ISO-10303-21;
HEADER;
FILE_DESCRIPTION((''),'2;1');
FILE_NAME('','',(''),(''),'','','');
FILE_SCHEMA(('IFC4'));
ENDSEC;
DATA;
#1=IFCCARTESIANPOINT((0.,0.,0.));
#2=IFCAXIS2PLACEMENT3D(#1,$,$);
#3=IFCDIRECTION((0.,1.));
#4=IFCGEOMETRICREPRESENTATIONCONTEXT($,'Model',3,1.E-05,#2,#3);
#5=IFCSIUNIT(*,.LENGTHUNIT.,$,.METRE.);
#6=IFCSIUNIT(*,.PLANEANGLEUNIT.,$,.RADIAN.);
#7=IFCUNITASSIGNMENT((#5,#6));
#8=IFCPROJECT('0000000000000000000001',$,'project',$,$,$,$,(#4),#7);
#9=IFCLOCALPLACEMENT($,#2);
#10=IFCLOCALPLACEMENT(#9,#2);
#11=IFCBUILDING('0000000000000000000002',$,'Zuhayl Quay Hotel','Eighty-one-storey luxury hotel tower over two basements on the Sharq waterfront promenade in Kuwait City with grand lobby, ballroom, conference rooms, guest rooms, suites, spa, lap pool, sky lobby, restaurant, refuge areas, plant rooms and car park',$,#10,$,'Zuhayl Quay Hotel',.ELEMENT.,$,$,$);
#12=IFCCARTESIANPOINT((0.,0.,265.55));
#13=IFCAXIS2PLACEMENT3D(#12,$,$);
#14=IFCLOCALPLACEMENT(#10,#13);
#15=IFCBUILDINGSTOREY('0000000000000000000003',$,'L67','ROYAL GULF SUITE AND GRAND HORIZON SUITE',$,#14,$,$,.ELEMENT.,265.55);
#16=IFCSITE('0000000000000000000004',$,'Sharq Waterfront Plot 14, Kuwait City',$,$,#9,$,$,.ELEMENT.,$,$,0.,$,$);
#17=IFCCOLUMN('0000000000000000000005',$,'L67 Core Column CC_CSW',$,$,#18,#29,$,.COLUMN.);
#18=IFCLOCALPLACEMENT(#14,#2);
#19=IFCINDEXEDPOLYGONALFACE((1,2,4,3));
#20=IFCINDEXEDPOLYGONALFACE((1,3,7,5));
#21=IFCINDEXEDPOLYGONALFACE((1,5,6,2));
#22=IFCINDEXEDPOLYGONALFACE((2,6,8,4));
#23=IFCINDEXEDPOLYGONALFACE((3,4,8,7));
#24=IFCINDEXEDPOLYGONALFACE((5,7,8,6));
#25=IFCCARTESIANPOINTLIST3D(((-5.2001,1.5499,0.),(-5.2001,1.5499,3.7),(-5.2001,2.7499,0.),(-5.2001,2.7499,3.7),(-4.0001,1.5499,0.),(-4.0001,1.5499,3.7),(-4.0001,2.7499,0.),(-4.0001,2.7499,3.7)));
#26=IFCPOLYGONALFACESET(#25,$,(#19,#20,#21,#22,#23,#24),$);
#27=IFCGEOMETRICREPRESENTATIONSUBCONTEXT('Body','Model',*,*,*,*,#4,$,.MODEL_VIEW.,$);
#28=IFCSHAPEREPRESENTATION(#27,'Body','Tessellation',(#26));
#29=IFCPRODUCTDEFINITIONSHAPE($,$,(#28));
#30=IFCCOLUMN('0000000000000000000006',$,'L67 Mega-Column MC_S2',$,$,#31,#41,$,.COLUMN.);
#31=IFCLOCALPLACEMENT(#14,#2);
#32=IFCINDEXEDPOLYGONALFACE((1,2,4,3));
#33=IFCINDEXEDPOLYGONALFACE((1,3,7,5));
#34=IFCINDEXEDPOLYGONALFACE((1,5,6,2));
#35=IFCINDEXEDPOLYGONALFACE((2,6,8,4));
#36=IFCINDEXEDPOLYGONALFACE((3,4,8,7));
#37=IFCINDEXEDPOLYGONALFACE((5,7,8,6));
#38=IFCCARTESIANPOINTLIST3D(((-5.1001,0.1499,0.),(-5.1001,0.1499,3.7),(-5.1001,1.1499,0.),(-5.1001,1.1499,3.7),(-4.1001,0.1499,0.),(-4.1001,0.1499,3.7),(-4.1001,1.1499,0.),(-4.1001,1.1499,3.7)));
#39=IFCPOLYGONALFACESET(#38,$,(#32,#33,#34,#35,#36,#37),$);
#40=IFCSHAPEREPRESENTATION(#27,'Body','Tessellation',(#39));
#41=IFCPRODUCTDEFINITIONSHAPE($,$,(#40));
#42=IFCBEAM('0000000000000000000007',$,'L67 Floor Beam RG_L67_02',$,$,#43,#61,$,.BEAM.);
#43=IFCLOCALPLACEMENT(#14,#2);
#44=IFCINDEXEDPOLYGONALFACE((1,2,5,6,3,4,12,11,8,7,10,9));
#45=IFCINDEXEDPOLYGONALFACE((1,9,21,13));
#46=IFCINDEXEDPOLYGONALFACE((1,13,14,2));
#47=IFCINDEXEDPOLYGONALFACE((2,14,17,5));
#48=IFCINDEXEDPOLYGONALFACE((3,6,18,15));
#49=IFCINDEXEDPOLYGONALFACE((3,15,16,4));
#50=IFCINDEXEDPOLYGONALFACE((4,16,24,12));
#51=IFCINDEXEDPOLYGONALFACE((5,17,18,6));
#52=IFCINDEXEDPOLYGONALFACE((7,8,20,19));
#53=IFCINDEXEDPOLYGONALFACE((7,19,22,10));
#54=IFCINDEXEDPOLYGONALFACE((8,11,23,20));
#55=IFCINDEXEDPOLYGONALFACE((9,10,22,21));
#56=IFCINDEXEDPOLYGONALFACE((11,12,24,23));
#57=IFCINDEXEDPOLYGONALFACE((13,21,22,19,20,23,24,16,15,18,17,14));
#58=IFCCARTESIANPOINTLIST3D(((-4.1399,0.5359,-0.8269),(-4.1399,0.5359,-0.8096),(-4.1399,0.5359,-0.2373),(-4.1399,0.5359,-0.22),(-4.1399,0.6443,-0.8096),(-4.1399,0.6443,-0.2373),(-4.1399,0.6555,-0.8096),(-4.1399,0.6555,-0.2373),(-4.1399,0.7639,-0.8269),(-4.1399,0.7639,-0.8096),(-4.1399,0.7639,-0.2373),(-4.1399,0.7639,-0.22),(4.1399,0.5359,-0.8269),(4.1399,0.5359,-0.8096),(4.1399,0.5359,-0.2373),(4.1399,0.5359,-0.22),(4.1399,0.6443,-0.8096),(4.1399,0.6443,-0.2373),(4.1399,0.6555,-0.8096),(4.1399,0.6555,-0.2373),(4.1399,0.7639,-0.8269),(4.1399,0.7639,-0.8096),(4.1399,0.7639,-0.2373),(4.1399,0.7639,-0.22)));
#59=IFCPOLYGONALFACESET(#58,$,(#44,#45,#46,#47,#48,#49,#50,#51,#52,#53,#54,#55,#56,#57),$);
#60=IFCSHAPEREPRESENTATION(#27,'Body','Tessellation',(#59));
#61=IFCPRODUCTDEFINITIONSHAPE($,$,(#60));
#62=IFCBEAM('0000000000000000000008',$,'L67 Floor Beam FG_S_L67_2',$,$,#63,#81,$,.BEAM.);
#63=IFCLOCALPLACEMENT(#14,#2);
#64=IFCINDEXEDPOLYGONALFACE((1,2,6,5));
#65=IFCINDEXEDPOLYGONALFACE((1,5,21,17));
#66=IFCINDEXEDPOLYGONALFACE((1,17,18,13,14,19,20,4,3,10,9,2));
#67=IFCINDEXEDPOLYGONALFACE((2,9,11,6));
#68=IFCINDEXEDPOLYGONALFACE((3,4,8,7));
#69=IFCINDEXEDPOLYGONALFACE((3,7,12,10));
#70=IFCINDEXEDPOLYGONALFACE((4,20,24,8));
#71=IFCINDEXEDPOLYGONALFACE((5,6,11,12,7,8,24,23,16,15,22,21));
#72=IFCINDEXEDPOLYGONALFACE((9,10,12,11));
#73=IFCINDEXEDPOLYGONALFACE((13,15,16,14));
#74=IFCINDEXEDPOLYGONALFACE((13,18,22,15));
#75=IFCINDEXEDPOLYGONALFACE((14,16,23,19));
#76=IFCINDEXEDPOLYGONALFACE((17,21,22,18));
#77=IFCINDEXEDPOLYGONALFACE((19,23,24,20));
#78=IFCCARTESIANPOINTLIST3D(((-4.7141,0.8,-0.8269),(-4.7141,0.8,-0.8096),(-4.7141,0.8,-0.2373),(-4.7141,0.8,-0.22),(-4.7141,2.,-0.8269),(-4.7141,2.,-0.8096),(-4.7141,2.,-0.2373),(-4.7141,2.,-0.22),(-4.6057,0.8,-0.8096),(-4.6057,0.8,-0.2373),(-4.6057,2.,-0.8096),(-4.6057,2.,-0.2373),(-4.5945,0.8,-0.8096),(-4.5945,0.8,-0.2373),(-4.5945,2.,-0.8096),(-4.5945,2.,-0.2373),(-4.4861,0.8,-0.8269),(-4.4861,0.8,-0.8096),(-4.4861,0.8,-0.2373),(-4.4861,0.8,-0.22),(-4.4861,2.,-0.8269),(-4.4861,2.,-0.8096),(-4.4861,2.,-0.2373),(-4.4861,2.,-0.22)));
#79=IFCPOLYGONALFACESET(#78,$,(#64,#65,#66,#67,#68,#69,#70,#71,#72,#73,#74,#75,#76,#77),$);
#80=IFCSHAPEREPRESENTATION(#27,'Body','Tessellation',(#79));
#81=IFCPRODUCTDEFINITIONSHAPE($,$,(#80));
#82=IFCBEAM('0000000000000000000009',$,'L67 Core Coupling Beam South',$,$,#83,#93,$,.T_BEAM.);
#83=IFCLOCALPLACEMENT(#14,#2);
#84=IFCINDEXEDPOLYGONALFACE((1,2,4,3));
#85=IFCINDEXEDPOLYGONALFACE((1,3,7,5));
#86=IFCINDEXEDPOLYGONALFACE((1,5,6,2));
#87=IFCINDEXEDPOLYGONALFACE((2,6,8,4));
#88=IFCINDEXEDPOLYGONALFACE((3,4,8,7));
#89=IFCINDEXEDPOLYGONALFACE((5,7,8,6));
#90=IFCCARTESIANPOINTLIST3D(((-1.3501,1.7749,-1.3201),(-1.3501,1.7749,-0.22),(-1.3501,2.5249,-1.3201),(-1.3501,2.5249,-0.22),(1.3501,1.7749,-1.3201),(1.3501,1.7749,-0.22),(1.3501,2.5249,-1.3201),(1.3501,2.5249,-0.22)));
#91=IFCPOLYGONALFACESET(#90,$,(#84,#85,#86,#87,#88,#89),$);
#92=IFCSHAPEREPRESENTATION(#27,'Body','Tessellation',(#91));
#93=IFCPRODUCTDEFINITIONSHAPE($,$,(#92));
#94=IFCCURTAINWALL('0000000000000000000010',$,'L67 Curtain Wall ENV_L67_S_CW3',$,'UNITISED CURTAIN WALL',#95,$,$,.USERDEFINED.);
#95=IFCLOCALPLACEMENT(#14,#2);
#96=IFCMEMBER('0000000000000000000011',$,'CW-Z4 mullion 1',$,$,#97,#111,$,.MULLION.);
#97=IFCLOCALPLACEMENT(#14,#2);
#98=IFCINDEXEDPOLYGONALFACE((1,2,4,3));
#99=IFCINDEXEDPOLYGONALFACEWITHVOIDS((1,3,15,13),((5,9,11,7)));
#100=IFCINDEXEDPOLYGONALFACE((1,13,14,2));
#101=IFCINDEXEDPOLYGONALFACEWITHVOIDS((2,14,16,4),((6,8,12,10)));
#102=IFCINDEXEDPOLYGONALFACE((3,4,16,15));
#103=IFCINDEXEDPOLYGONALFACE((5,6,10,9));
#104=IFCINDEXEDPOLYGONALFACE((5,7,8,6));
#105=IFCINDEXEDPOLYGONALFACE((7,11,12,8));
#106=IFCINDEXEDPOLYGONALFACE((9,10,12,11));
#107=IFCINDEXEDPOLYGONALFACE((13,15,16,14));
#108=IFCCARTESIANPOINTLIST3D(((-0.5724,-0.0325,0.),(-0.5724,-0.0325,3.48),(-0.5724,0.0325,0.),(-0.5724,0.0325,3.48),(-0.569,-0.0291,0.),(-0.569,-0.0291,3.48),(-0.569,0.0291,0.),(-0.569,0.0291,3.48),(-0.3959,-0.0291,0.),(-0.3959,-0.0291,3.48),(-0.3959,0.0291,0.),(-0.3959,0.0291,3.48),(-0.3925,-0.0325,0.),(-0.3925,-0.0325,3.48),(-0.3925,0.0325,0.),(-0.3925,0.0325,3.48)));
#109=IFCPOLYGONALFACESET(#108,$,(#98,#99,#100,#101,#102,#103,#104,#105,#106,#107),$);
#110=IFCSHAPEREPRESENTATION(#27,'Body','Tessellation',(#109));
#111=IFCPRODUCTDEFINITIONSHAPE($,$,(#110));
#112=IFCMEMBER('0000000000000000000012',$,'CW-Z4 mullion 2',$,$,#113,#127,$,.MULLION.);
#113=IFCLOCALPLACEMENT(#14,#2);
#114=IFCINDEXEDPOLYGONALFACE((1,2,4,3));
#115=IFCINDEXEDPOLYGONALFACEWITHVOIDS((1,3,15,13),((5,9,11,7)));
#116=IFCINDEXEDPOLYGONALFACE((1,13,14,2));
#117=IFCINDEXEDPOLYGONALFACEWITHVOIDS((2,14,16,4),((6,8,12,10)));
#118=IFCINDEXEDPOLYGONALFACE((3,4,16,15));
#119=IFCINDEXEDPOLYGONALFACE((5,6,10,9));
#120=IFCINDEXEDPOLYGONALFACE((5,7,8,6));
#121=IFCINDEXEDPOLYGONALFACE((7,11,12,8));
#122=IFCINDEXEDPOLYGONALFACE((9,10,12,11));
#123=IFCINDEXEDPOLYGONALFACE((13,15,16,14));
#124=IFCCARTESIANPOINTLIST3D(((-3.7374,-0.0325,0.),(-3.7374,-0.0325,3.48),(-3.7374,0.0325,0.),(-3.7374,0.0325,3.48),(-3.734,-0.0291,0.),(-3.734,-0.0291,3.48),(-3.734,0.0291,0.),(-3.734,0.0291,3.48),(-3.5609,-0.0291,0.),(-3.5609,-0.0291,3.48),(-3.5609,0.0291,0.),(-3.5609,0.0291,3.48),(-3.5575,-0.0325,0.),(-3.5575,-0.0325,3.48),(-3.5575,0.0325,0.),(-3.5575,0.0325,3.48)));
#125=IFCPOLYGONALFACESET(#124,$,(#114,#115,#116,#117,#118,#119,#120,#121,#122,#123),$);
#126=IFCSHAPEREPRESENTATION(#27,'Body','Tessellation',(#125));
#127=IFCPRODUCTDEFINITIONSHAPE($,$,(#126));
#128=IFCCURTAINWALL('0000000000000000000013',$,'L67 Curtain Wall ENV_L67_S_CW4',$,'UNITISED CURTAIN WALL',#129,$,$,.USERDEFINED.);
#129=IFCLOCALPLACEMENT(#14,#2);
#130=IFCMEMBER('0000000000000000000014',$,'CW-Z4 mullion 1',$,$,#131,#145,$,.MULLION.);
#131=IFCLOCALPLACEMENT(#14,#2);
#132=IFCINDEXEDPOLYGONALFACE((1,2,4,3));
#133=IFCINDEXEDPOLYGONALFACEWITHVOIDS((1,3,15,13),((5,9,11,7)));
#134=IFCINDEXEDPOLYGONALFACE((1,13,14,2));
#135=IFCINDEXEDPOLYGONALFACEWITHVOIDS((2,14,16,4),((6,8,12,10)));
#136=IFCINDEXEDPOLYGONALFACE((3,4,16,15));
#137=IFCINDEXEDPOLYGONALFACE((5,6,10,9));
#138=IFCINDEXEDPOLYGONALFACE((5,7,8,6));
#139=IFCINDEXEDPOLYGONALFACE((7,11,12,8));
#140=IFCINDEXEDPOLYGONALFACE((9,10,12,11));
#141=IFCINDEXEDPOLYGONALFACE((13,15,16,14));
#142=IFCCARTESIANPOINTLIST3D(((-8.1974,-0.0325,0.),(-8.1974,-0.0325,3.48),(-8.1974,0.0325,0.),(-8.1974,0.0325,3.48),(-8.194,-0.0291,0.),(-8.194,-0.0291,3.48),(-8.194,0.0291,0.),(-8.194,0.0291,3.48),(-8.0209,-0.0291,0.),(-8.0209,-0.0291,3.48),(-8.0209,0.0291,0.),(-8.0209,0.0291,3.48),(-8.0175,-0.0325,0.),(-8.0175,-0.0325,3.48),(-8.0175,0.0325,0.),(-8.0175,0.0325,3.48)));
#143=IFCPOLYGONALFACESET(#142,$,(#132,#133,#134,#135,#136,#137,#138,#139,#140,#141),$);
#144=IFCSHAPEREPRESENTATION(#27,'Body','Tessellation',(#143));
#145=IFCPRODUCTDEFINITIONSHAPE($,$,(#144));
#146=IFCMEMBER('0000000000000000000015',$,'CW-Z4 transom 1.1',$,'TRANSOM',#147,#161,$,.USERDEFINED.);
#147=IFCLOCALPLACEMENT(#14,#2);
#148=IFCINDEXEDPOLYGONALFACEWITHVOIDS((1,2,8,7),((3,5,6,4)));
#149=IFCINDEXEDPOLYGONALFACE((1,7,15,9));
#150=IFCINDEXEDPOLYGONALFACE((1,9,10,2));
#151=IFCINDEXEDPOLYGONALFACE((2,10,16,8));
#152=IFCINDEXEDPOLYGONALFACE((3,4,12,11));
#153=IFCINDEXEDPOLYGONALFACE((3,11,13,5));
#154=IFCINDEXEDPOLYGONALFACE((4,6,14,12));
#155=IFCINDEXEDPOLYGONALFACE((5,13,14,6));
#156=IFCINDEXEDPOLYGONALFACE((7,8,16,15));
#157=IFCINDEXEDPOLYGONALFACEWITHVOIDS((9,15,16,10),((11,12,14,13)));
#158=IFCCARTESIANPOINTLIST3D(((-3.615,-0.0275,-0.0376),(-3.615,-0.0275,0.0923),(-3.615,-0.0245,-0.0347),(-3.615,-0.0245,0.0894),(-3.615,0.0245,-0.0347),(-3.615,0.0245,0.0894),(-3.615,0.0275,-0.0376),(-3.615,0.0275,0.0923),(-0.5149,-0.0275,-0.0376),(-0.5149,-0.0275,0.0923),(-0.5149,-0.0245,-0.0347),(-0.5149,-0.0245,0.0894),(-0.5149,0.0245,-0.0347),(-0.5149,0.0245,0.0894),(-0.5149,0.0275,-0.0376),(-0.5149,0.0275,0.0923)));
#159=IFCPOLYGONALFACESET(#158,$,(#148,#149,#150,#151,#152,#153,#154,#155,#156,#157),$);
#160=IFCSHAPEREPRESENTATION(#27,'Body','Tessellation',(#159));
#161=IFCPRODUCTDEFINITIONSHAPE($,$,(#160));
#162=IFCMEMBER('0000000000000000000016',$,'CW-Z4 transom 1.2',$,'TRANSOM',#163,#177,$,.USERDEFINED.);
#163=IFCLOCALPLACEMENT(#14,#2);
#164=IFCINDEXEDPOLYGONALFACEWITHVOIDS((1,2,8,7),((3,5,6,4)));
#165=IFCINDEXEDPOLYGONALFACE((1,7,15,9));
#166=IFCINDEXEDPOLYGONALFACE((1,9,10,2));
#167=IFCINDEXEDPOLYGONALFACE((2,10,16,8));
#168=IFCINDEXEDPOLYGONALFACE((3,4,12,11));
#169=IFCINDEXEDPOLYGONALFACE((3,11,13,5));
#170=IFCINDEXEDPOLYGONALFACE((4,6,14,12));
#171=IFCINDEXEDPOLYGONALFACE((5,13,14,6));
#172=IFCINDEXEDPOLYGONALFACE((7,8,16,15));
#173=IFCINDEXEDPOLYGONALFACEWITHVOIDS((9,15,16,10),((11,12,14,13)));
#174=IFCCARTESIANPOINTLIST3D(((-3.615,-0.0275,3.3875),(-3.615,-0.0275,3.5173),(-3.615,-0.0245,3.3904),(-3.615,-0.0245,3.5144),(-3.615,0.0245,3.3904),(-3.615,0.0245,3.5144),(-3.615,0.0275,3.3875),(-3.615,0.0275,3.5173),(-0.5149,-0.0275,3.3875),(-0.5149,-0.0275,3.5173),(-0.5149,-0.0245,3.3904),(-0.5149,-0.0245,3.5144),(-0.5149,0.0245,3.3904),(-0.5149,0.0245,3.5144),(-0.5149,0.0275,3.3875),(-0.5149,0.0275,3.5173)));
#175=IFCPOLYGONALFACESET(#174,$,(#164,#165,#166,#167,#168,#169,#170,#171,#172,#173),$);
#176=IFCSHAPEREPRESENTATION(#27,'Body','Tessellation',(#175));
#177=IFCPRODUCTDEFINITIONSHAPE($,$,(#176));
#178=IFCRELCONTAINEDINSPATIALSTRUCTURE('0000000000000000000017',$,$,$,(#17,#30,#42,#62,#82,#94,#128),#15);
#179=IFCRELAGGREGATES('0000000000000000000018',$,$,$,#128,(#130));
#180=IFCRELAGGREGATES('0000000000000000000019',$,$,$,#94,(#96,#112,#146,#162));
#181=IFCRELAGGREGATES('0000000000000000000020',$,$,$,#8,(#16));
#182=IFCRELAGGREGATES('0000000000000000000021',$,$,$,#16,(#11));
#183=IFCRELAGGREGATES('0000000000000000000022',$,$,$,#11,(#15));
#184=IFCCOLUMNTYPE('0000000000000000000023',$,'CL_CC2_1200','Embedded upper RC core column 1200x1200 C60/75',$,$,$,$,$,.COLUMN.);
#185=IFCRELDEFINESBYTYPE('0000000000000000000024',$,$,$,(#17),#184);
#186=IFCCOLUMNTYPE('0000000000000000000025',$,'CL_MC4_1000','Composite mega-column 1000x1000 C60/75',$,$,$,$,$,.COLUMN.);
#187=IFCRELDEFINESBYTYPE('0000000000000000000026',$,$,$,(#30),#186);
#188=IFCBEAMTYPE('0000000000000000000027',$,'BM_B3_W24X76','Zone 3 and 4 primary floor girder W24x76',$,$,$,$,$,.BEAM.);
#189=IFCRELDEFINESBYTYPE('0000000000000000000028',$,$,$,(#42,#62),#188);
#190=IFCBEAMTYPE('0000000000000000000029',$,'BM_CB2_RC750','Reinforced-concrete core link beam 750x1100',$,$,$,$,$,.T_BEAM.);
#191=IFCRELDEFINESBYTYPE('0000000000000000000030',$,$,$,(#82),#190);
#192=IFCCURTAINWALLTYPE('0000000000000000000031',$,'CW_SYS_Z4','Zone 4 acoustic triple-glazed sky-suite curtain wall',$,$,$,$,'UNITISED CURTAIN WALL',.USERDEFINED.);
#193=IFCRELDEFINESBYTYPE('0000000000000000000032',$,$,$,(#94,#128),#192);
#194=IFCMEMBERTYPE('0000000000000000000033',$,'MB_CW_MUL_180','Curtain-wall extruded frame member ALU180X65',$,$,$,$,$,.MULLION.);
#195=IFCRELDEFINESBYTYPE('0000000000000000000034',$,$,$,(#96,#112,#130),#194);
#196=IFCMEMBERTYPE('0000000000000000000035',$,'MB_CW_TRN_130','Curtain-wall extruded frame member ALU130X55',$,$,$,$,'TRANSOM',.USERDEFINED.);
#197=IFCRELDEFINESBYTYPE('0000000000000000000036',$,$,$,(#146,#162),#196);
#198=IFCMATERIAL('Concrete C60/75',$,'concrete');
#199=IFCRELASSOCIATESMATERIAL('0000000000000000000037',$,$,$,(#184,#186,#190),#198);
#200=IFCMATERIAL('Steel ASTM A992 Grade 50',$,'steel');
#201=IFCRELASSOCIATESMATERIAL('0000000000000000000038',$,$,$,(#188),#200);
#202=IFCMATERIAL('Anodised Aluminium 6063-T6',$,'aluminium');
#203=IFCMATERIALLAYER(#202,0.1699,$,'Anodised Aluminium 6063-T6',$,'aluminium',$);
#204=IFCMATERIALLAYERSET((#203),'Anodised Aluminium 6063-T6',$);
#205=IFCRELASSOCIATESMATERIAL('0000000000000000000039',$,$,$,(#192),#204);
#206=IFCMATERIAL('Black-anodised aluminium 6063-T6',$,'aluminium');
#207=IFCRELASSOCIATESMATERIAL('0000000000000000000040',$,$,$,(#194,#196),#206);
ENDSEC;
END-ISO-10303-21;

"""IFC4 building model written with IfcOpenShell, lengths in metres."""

from ifc_helpers import new_model, si_unit, direction, frame, origin, origin_2d, place, context, subcontext, project, spatial, rectangle, hollow_rectangle, i_section, extrude, material, layer, layer_set, material_profile, profile_set, type_object, element, aggregate, save


model = new_model("IFC4")

# Units and contexts
model_context = context("Model", 3, precision=1e-05, world=origin(), true_north=direction((0.0, 1.0)))
body_context = subcontext(model_context, "Body", "Model", "MODEL_VIEW")
ifc_project = project(units=[si_unit("LENGTHUNIT", "METRE"), si_unit("PLANEANGLEUNIT", "RADIAN")], contexts=[model_context])

# Site, building, storey
site_placement = place(None, origin())
site = spatial("IfcSite", under=ifc_project, at=site_placement, Name="Sharq Waterfront Plot 14, Kuwait City", CompositionType="ELEMENT", RefElevation=0.0)
building_placement = place(site_placement, origin())
building = spatial("IfcBuilding", under=site, at=building_placement, Name="Zuhayl Quay Hotel", Description="Eighty-one-storey luxury hotel tower over two basements on the Sharq waterfront promenade in Kuwait City with grand lobby, ballroom, conference rooms, guest rooms, suites, spa, lap pool, sky lobby, restaurant, refuge areas, plant rooms and car park", LongName="Zuhayl Quay Hotel", CompositionType="ELEMENT")
storey_placement = place(building_placement, frame((0.0, 0.0, 265.55)))
storey = spatial("IfcBuildingStorey", under=building, at=storey_placement, Name="L67", Description="ROYAL GULF SUITE AND GRAND HORIZON SUITE", CompositionType="ELEMENT", Elevation=265.55)

# Columns
ifc_material_1 = material(Name="Concrete C60/75", Category="concrete")
ifc_material_profile_1 = material_profile(ifc_material_1, rectangle(XDim=1.2, YDim=1.2, at=origin_2d()), Name="RC1200X1200")
ifc_profile_set_1 = profile_set([ifc_material_profile_1], Name="Concrete C60/75")
column_type_1 = type_object("IfcColumnType", Name="CL_CC2_1200", Description="Embedded upper RC core column 1200x1200 C60/75", PredefinedType="COLUMN", material=ifc_profile_set_1)
column_1_placement = place(storey_placement, frame((-4.6001, 2.1499, 0.0), z_axis=(0.0, 0.0, 1.0), x_axis=(1.0, 0.0, 0.0)))
element("IfcColumn", 1, at=column_1_placement, inside=storey, type_object=column_type_1, Name="L67 Core Column CC_CSW", PredefinedType="COLUMN", context=body_context, shape_type="SweptSolid", body=[
    extrude(rectangle(XDim=1.2, YDim=1.2, at=origin_2d()), origin(), (0.0, 0.0, 1.0), 3.7),
])
ifc_material_profile_2 = material_profile(ifc_material_1, rectangle(XDim=1.0, YDim=1.0, at=origin_2d()), Name="RC1000X1000")
ifc_profile_set_2 = profile_set([ifc_material_profile_2], Name="Concrete C60/75")
column_type_2 = type_object("IfcColumnType", Name="CL_MC4_1000", Description="Composite mega-column 1000x1000 C60/75", PredefinedType="COLUMN", material=ifc_profile_set_2)
column_2_placement = place(storey_placement, frame((-4.6001, 0.6499, 0.0), z_axis=(0.0, 0.0, 1.0), x_axis=(1.0, 0.0, 0.0)))
element("IfcColumn", 2, at=column_2_placement, inside=storey, type_object=column_type_2, Name="L67 Mega-Column MC_S2", PredefinedType="COLUMN", context=body_context, shape_type="SweptSolid", body=[
    extrude(rectangle(XDim=1.0, YDim=1.0, at=origin_2d()), origin(), (0.0, 0.0, 1.0), 3.7),
])

# Beams
ifc_material_2 = material(Name="Steel ASTM A992 Grade 50", Category="steel")
ifc_material_profile_3 = material_profile(ifc_material_2, i_section(OverallWidth=0.228, OverallDepth=0.6069, WebThickness=0.0112, FlangeThickness=0.0173, at=origin_2d()), Name="W24X76")
ifc_profile_set_3 = profile_set([ifc_material_profile_3], Name="Steel ASTM A992 Grade 50")
beam_type_1 = type_object("IfcBeamType", Name="BM_B3_W24X76", Description="Zone 3 and 4 primary floor girder W24x76", PredefinedType="BEAM", material=ifc_profile_set_3)
beam_1_placement = place(storey_placement, frame((-4.1399, 0.6499, -0.5234), z_axis=(1.0, 0.0, 0.0), x_axis=(0.0, 1.0, 0.0)))
element("IfcBeam", 3, at=beam_1_placement, inside=storey, type_object=beam_type_1, Name="L67 Floor Beam RG_L67_02", PredefinedType="BEAM", context=body_context, shape_type="SweptSolid", body=[
    extrude(i_section(OverallWidth=0.228, OverallDepth=0.6069, WebThickness=0.0112, FlangeThickness=0.0173, at=origin_2d()), origin(), (0.0, 0.0, 1.0), 8.2798),
])
beam_2_placement = place(storey_placement, frame((-4.6001, 0.8, -0.5234), z_axis=(0.0, 1.0, 0.0), x_axis=(-1.0, 0.0, 0.0)))
element("IfcBeam", 4, at=beam_2_placement, inside=storey, type_object=beam_type_1, Name="L67 Floor Beam FG_S_L67_2", PredefinedType="BEAM", context=body_context, shape_type="SweptSolid", body=[
    extrude(i_section(OverallWidth=0.228, OverallDepth=0.6069, WebThickness=0.0112, FlangeThickness=0.0173, at=origin_2d()), origin(), (0.0, 0.0, 1.0), 1.2),
])
ifc_material_profile_4 = material_profile(ifc_material_1, rectangle(XDim=0.75, YDim=1.1001, at=origin_2d()), Name="RC750X1100")
ifc_profile_set_4 = profile_set([ifc_material_profile_4], Name="Concrete C60/75")
beam_type_2 = type_object("IfcBeamType", Name="BM_CB2_RC750", Description="Reinforced-concrete core link beam 750x1100", PredefinedType="T_BEAM", material=ifc_profile_set_4)
beam_3_placement = place(storey_placement, frame((-1.3501, 2.1499, -0.77), z_axis=(1.0, 0.0, 0.0), x_axis=(0.0, 1.0, 0.0)))
element("IfcBeam", 5, at=beam_3_placement, inside=storey, type_object=beam_type_2, Name="L67 Core Coupling Beam South", PredefinedType="T_BEAM", context=body_context, shape_type="SweptSolid", body=[
    extrude(rectangle(XDim=0.75, YDim=1.1001, at=origin_2d()), origin(), (0.0, 0.0, 1.0), 2.7002),
])

# Curtain wall, members
ifc_material_3 = material(Name="Anodised Aluminium 6063-T6", Category="aluminium")
ifc_layer_1 = layer(ifc_material_3, 0.1699, Name="Anodised Aluminium 6063-T6", Category="aluminium")
ifc_layer_set_1 = layer_set([ifc_layer_1], Name="Anodised Aluminium 6063-T6")
curtain_wall_type = type_object("IfcCurtainWallType", Name="CW_SYS_Z4", Description="Zone 4 acoustic triple-glazed sky-suite curtain wall", ElementType="UNITISED CURTAIN WALL", PredefinedType="USERDEFINED", material=ifc_layer_set_1)
curtain_wall_1_placement = place(storey_placement, origin())
curtain_wall_1 = element("IfcCurtainWall", 6, at=curtain_wall_1_placement, inside=storey, type_object=curtain_wall_type, Name="L67 Curtain Wall ENV_L67_S_CW3", ObjectType="UNITISED CURTAIN WALL", PredefinedType="USERDEFINED")
ifc_material_4 = material(Name="Black-anodised aluminium 6063-T6", Category="aluminium")
ifc_material_profile_5 = material_profile(ifc_material_4, hollow_rectangle(XDim=0.0649, YDim=0.1799, WallThickness=0.0034, at=origin_2d()), Name="ALU180X65")
ifc_profile_set_5 = profile_set([ifc_material_profile_5], Name="Black-anodised aluminium 6063-T6")
member_type_1 = type_object("IfcMemberType", Name="MB_CW_MUL_180", Description="Curtain-wall extruded frame member ALU180X65", PredefinedType="MULLION", material=ifc_profile_set_5)
member_1_placement = place(storey_placement, frame((-0.4824, 0.0, 0.0), z_axis=(0.0, 0.0, 1.0), x_axis=(0.0, -1.0, 0.0)))
member_1 = element("IfcMember", 7, at=member_1_placement, type_object=member_type_1, Name="CW-Z4 mullion 1", PredefinedType="MULLION", context=body_context, shape_type="SweptSolid", body=[
    extrude(hollow_rectangle(XDim=0.0649, YDim=0.1799, WallThickness=0.0034, at=origin_2d()), origin(), (0.0, 0.0, 1.0), 3.48),
])
member_2_placement = place(storey_placement, frame((-3.6475, 0.0, 0.0), z_axis=(0.0, 0.0, 1.0), x_axis=(0.0, -1.0, 0.0)))
member_2 = element("IfcMember", 8, at=member_2_placement, type_object=member_type_1, Name="CW-Z4 mullion 2", PredefinedType="MULLION", context=body_context, shape_type="SweptSolid", body=[
    extrude(hollow_rectangle(XDim=0.0649, YDim=0.1799, WallThickness=0.0034, at=origin_2d()), origin(), (0.0, 0.0, 1.0), 3.48),
])

# Curtain wall, member
curtain_wall_2_placement = place(storey_placement, origin())
curtain_wall_2 = element("IfcCurtainWall", 9, at=curtain_wall_2_placement, inside=storey, type_object=curtain_wall_type, Name="L67 Curtain Wall ENV_L67_S_CW4", ObjectType="UNITISED CURTAIN WALL", PredefinedType="USERDEFINED")
member_3_placement = place(storey_placement, frame((-8.1074, 0.0, 0.0), z_axis=(0.0, 0.0, 1.0), x_axis=(0.0, -1.0, 0.0)))
member_3 = element("IfcMember", 10, at=member_3_placement, type_object=member_type_1, Name="CW-Z4 mullion 1", PredefinedType="MULLION", context=body_context, shape_type="SweptSolid", body=[
    extrude(hollow_rectangle(XDim=0.0649, YDim=0.1799, WallThickness=0.0034, at=origin_2d()), origin(), (0.0, 0.0, 1.0), 3.48),
])

# Members
ifc_material_profile_6 = material_profile(ifc_material_4, hollow_rectangle(XDim=0.0549, YDim=0.1299, WallThickness=0.0029, at=origin_2d()), Name="ALU130X55")
ifc_profile_set_6 = profile_set([ifc_material_profile_6], Name="Black-anodised aluminium 6063-T6")
member_type_2 = type_object("IfcMemberType", Name="MB_CW_TRN_130", Description="Curtain-wall extruded frame member ALU130X55", ElementType="TRANSOM", PredefinedType="USERDEFINED", material=ifc_profile_set_6)
member_4_placement = place(storey_placement, frame((-0.5149, 0.0, 0.0273), z_axis=(-1.0, 0.0, 0.0), x_axis=(0.0, -1.0, 0.0)))
member_4 = element("IfcMember", 11, at=member_4_placement, type_object=member_type_2, Name="CW-Z4 transom 1.1", ObjectType="TRANSOM", PredefinedType="USERDEFINED", context=body_context, shape_type="SweptSolid", body=[
    extrude(hollow_rectangle(XDim=0.0549, YDim=0.1299, WallThickness=0.0029, at=origin_2d()), origin(), (0.0, 0.0, 1.0), 3.1001),
])
member_5_placement = place(storey_placement, frame((-0.5149, 0.0, 3.4524), z_axis=(-1.0, 0.0, 0.0), x_axis=(0.0, -1.0, 0.0)))
member_5 = element("IfcMember", 12, at=member_5_placement, type_object=member_type_2, Name="CW-Z4 transom 1.2", ObjectType="TRANSOM", PredefinedType="USERDEFINED", context=body_context, shape_type="SweptSolid", body=[
    extrude(hollow_rectangle(XDim=0.0549, YDim=0.1299, WallThickness=0.0029, at=origin_2d()), origin(), (0.0, 0.0, 1.0), 3.1001),
])
aggregate(curtain_wall_2, [member_3])

aggregate(curtain_wall_1, [member_1, member_2, member_4, member_5])

save(model, "model.ifc")
